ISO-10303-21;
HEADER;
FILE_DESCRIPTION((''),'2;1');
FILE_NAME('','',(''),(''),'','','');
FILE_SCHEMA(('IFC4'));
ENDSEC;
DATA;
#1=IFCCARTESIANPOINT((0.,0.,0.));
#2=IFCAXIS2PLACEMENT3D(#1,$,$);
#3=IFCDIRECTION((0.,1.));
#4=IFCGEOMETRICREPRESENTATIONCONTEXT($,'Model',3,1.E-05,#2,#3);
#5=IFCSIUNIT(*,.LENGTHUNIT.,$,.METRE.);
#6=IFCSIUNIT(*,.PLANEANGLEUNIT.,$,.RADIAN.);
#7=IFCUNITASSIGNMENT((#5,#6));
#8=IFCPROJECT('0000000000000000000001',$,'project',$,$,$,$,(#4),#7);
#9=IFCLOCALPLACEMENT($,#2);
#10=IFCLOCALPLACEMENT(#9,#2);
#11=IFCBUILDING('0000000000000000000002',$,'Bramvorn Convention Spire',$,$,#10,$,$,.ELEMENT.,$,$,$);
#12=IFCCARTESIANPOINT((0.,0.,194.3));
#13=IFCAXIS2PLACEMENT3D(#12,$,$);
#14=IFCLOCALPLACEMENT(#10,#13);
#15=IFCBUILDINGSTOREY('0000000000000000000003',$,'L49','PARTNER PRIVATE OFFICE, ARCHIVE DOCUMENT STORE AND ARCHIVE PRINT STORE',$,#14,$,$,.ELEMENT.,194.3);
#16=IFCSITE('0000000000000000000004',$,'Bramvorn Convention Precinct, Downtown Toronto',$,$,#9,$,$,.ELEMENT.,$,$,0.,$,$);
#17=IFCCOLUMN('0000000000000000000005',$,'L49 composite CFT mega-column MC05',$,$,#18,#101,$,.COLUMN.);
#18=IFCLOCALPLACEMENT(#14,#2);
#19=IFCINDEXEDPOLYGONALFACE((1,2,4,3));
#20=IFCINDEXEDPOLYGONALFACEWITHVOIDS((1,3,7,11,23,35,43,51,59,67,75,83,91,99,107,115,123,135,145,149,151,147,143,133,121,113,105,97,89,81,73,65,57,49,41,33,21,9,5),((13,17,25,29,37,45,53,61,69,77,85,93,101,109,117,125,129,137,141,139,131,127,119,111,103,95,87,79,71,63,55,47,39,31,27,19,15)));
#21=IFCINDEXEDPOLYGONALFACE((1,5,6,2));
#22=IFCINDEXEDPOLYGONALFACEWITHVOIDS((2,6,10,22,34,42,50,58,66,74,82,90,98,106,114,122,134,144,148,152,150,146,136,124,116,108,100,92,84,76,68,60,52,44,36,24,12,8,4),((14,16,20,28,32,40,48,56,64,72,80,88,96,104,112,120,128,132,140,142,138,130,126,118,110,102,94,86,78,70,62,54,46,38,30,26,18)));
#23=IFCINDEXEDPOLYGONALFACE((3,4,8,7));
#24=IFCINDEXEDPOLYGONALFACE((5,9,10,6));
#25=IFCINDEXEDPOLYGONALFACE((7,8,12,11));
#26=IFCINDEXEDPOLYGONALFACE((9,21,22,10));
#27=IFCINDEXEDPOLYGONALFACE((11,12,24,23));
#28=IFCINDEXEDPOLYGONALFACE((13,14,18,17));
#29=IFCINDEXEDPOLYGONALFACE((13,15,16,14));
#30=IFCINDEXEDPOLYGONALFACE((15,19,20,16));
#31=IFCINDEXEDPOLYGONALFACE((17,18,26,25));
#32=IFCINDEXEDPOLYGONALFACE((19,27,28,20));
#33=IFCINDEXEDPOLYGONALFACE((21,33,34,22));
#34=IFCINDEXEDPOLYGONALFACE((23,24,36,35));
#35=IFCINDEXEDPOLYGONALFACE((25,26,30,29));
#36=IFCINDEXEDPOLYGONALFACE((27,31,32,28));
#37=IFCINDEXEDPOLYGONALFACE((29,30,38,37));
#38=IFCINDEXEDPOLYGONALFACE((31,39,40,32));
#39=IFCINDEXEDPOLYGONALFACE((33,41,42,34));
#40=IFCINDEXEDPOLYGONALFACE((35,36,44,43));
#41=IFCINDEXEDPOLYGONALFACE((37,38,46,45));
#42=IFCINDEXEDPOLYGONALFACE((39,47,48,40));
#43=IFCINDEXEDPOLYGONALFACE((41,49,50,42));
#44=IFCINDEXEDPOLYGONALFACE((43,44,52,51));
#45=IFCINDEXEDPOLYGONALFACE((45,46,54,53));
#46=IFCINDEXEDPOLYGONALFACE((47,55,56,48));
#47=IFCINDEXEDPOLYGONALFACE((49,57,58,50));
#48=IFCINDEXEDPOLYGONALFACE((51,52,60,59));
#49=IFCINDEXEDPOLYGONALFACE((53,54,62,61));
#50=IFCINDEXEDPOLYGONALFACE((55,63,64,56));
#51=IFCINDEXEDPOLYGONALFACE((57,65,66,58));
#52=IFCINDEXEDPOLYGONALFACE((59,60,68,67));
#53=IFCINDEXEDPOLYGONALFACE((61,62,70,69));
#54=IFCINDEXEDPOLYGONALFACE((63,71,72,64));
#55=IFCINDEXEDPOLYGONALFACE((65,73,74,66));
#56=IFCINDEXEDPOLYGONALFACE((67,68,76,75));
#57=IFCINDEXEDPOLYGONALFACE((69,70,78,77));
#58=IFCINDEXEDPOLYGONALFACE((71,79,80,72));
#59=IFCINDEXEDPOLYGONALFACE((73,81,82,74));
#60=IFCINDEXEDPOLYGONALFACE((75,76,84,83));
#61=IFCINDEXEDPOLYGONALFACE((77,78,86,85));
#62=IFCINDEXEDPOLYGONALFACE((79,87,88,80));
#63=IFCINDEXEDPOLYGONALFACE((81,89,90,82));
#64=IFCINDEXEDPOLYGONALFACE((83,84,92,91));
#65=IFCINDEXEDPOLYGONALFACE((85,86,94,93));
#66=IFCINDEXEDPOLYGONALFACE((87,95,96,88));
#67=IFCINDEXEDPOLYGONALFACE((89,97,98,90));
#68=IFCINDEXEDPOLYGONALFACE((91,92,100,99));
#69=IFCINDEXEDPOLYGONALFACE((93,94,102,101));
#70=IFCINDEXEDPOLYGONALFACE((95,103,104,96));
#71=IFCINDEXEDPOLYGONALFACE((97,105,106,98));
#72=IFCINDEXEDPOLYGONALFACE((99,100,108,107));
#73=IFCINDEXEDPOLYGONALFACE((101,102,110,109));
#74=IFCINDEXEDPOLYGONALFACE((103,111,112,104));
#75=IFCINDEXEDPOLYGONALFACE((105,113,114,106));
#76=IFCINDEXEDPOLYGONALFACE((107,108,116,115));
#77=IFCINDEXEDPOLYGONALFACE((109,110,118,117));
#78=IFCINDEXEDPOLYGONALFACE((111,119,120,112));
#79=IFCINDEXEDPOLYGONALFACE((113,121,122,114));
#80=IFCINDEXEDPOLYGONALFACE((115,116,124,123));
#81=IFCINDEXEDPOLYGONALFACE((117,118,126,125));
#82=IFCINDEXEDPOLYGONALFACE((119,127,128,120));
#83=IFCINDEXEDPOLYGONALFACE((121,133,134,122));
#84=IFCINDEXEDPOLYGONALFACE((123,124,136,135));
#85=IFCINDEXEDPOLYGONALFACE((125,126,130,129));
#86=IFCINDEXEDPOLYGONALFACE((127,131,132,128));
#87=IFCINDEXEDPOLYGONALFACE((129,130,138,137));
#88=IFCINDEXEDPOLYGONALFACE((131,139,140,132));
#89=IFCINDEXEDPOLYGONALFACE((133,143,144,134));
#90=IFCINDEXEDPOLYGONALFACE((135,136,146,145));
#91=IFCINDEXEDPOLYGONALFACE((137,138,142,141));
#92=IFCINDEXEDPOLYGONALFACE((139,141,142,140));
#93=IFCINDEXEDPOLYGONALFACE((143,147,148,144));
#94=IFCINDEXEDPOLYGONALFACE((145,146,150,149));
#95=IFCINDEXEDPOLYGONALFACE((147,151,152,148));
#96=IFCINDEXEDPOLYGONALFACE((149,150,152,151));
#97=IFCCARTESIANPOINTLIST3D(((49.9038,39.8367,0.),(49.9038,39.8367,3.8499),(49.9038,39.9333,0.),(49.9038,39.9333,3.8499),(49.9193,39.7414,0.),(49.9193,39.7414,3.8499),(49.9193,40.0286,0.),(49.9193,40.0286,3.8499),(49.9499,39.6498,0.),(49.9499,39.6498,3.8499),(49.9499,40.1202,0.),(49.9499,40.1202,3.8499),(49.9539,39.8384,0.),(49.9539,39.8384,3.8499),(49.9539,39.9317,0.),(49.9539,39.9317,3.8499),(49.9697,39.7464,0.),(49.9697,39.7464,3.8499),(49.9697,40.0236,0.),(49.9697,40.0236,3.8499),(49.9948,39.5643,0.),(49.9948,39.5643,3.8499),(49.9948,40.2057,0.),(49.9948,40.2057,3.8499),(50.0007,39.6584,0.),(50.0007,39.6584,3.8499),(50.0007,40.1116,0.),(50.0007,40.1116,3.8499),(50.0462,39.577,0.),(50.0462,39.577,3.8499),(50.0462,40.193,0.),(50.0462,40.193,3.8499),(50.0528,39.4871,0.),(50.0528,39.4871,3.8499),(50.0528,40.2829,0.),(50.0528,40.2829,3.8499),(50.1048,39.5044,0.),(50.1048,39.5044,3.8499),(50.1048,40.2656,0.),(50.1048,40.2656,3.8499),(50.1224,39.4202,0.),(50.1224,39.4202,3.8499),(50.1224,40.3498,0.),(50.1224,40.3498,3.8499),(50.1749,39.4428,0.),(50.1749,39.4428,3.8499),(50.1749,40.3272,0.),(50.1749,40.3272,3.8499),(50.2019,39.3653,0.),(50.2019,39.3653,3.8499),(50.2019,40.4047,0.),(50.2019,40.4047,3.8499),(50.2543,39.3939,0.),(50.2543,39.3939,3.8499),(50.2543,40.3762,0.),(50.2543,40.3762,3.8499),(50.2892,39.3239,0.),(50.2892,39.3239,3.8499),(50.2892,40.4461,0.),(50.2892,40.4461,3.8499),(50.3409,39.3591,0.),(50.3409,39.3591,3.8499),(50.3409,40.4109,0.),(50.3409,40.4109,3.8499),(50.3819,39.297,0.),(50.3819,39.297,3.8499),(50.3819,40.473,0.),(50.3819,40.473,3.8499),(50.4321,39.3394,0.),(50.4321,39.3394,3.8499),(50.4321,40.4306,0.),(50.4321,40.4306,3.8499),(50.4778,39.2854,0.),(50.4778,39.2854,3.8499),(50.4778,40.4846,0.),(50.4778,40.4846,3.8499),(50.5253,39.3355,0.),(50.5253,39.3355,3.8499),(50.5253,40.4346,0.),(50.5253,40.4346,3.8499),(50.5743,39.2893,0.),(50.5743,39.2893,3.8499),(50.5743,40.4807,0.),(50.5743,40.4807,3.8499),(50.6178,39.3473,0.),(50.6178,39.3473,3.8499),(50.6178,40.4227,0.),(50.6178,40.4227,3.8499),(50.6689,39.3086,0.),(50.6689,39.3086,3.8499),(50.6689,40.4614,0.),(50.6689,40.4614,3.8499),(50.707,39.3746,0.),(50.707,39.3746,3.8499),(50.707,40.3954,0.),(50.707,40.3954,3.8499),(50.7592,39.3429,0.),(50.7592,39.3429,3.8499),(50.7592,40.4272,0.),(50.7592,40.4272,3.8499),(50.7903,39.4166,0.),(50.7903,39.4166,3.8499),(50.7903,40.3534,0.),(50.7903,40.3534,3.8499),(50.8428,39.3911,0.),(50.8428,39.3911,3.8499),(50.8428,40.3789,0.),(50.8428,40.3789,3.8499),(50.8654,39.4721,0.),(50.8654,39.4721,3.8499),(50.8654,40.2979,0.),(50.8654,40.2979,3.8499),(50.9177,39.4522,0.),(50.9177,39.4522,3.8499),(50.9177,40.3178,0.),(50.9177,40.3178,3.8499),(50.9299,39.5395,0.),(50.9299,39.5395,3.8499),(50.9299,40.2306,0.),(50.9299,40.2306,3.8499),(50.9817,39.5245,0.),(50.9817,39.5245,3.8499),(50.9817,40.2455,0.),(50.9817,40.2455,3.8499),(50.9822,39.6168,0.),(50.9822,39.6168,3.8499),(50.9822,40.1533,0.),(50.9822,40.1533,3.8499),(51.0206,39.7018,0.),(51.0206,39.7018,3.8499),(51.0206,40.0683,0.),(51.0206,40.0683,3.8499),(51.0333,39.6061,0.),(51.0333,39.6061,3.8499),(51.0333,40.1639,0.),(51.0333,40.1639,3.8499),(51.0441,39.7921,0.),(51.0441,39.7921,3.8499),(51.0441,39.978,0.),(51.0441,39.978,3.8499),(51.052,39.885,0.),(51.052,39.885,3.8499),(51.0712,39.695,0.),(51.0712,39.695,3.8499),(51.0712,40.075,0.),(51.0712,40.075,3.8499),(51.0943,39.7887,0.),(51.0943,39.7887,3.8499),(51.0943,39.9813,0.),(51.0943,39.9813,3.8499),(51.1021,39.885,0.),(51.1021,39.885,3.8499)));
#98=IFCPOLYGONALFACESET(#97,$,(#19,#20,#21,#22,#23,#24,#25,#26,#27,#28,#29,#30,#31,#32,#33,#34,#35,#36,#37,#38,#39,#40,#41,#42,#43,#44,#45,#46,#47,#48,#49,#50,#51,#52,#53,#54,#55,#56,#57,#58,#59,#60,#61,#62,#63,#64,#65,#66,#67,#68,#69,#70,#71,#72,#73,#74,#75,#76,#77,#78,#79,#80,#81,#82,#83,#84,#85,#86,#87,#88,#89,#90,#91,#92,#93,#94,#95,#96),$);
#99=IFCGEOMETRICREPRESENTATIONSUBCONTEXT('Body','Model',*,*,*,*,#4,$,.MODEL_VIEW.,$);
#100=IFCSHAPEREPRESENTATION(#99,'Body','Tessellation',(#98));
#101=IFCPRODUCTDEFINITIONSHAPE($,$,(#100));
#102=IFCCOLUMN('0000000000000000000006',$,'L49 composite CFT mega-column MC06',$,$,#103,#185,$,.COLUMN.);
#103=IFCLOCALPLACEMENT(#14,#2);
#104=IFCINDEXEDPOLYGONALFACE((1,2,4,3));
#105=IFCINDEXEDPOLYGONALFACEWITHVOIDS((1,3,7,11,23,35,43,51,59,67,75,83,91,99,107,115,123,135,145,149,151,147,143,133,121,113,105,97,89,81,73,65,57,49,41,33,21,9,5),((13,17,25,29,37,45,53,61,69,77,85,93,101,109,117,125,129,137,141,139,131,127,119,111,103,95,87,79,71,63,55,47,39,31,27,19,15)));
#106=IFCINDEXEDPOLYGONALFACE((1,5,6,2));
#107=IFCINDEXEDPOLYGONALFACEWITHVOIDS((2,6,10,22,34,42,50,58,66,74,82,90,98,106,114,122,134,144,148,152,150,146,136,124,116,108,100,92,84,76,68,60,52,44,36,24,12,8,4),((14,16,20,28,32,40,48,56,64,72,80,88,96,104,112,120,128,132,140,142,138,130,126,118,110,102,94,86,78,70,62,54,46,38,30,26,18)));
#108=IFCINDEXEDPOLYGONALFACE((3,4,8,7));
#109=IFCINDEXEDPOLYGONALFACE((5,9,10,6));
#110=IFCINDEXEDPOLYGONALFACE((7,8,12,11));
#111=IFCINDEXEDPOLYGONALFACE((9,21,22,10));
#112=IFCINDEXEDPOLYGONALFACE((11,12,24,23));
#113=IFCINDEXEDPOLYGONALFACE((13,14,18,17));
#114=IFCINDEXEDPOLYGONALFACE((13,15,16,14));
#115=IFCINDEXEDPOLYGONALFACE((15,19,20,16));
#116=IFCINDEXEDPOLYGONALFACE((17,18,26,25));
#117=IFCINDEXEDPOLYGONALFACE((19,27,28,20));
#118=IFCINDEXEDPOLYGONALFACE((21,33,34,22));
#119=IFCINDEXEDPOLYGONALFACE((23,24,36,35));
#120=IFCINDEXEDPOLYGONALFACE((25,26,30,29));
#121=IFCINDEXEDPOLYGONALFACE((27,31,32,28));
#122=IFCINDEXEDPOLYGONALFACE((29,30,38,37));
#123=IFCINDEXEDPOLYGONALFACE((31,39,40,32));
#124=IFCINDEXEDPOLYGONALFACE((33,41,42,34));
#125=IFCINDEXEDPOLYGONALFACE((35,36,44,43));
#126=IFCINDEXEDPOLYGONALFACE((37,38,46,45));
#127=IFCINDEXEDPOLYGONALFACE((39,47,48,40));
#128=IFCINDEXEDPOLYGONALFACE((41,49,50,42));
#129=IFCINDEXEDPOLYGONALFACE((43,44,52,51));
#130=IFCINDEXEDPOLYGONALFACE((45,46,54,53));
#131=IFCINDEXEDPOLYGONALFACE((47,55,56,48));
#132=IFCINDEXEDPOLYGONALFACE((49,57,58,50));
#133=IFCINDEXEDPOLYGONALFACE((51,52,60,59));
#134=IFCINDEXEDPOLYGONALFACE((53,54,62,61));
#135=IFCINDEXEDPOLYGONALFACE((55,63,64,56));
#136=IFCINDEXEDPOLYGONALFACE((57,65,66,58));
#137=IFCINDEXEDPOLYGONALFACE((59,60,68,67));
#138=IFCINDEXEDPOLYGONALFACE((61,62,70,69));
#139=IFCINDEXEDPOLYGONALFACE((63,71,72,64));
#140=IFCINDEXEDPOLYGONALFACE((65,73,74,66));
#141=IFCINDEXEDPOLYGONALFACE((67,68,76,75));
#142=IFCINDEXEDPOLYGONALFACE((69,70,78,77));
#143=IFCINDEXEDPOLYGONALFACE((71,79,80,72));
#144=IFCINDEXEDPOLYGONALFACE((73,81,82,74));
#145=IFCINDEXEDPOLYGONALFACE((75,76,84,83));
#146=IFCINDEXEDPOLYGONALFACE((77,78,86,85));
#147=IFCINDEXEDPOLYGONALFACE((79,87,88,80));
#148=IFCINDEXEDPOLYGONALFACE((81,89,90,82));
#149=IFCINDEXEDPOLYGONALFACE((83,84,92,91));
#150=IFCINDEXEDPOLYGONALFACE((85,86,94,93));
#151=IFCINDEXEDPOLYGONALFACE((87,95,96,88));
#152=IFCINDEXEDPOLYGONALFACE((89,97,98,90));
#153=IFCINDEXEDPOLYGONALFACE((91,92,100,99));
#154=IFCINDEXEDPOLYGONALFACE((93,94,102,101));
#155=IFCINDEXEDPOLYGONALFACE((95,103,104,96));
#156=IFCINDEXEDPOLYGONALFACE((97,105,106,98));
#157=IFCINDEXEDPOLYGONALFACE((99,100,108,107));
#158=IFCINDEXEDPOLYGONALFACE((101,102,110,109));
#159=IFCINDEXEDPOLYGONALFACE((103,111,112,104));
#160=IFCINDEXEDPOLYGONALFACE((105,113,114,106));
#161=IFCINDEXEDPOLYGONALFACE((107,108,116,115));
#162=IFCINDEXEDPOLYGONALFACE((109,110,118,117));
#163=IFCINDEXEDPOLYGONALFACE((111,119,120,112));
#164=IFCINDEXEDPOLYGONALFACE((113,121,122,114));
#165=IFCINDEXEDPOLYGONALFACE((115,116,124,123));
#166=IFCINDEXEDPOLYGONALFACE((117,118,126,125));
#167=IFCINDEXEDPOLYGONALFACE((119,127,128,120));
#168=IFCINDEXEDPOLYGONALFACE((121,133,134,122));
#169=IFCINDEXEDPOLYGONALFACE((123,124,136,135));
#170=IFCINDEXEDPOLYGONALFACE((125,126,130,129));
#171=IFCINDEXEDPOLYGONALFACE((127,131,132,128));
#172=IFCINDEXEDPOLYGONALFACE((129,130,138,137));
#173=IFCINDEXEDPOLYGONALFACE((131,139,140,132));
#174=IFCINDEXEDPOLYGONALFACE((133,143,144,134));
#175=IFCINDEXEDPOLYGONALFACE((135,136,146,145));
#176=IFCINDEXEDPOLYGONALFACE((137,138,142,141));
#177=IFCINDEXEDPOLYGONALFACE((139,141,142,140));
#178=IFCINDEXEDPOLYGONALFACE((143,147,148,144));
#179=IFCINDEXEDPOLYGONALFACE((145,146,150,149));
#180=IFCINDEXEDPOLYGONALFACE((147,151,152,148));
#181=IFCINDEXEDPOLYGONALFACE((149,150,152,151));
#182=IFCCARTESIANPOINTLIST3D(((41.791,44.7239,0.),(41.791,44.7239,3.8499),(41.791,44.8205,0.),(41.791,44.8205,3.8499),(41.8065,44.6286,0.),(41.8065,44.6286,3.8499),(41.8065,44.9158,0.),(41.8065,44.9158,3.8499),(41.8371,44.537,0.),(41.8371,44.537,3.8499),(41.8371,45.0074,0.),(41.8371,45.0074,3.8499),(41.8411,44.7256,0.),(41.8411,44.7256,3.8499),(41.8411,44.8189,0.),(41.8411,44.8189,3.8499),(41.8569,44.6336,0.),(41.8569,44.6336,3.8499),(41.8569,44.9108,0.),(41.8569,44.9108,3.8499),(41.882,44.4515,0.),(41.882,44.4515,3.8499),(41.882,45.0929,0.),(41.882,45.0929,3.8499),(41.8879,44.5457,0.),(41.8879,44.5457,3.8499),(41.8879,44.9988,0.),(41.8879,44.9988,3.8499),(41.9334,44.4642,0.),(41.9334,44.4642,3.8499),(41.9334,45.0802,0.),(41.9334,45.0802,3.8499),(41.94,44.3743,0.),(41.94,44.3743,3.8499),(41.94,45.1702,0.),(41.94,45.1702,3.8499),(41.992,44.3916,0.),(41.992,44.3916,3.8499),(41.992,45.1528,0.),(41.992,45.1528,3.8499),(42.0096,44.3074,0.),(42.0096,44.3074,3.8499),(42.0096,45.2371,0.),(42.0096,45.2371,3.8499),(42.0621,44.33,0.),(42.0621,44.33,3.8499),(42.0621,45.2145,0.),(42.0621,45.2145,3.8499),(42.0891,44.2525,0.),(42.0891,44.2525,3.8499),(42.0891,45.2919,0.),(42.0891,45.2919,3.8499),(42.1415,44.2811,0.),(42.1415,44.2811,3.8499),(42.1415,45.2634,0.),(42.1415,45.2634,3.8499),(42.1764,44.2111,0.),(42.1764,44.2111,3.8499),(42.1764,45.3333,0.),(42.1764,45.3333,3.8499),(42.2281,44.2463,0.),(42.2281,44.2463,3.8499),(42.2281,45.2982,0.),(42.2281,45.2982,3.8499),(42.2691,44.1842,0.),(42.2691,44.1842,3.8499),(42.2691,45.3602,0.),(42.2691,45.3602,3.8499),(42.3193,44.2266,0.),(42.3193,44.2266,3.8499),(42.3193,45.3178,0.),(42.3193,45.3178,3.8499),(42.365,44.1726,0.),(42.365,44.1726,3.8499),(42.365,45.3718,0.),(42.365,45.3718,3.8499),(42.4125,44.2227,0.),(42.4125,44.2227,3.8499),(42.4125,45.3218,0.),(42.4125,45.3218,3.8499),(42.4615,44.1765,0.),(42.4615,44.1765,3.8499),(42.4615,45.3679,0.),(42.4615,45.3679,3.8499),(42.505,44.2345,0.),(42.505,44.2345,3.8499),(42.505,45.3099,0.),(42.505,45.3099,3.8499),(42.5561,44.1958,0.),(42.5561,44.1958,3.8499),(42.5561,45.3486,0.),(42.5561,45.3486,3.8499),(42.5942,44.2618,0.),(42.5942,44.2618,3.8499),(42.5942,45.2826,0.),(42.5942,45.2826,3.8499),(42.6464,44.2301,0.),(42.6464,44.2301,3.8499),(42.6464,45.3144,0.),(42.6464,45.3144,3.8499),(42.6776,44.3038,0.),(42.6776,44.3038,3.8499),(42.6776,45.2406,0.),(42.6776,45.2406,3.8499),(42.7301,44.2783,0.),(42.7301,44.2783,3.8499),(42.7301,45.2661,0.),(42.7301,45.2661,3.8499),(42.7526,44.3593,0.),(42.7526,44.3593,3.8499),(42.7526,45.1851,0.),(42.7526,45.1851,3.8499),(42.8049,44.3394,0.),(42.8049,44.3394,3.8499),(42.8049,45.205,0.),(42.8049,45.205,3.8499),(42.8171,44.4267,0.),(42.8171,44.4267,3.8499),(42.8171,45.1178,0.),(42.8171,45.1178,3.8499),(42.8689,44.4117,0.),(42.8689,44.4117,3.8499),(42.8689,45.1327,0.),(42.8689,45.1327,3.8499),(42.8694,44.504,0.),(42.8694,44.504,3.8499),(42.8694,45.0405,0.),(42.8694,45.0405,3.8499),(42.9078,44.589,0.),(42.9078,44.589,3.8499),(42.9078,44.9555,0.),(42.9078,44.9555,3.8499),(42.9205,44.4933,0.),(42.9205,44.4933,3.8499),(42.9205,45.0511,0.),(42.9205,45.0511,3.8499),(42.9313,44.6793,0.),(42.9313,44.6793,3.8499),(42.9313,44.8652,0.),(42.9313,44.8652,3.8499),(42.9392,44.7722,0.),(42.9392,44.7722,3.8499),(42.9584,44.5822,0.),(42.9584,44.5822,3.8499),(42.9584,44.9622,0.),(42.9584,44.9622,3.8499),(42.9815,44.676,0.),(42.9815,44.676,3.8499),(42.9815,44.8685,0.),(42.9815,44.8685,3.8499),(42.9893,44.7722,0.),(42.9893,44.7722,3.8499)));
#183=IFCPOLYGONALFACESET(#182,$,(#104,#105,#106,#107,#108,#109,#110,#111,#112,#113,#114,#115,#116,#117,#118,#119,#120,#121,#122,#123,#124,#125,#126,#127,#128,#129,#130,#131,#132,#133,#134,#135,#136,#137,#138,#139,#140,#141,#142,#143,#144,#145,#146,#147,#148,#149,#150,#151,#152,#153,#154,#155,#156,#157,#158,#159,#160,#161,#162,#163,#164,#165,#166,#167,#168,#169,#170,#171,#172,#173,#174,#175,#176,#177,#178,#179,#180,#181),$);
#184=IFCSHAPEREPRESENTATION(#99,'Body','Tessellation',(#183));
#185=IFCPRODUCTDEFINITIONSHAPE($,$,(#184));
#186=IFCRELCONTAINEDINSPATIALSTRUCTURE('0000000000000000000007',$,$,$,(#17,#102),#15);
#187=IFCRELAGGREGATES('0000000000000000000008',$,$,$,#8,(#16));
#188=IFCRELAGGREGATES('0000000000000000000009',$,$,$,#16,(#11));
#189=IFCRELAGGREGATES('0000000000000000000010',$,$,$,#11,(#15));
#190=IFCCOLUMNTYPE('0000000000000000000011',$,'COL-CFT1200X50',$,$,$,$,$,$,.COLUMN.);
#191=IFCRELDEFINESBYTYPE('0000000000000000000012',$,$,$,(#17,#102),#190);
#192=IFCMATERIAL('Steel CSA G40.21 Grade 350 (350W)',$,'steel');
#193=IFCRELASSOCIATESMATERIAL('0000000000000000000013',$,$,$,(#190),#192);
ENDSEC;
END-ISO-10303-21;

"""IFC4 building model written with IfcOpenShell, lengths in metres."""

from ifc_helpers import new_model, si_unit, direction, frame, origin, origin_2d, place, context, subcontext, project, spatial, hollow_circle, extrude, material, material_profile, profile_set, type_object, element, save


model = new_model("IFC4")

# Units and contexts
model_context = context("Model", 3, precision=1e-05, world=origin(), true_north=direction((0.0, 1.0)))
body_context = subcontext(model_context, "Body", "Model", "MODEL_VIEW")
ifc_project = project(units=[si_unit("LENGTHUNIT", "METRE"), si_unit("PLANEANGLEUNIT", "RADIAN")], contexts=[model_context])

# Site, building, storey
site_placement = place(None, origin())
site = spatial("IfcSite", under=ifc_project, at=site_placement, Name="Bramvorn Convention Precinct, Downtown Toronto", CompositionType="ELEMENT", RefElevation=0.0)
building_placement = place(site_placement, origin())
building = spatial("IfcBuilding", under=site, at=building_placement, Name="Bramvorn Convention Spire", CompositionType="ELEMENT")
storey_placement = place(building_placement, frame((0.0, 0.0, 194.3)))
storey = spatial("IfcBuildingStorey", under=building, at=storey_placement, Name="L49", Description="PARTNER PRIVATE OFFICE, ARCHIVE DOCUMENT STORE AND ARCHIVE PRINT STORE", CompositionType="ELEMENT", Elevation=194.3)

# Columns
ifc_material_1 = material(Name="Steel CSA G40.21 Grade 350 (350W)", Category="steel")
ifc_material_profile_1 = material_profile(ifc_material_1, hollow_circle(Radius=0.6001, WallThickness=0.05, at=origin_2d()))
ifc_profile_set_1 = profile_set([ifc_material_profile_1], Name="Steel CSA G40.21 Grade 350 (350W) - CFT1200X50")
column_type = type_object("IfcColumnType", Name="COL-CFT1200X50", PredefinedType="COLUMN", material=ifc_profile_set_1)
for number, where, z_axis, x_axis, name in (
    (1, (50.502, 39.885, 0.0), (0.0, 0.0, 1.0), (1.0, 0.0, 0.0), "L49 composite CFT mega-column MC05"),
    (2, (42.3892, 44.7722, 0.0), (0.0, 0.0, 1.0), (1.0, 0.0, 0.0), "L49 composite CFT mega-column MC06"),
):
    element("IfcColumn", number, at=place(storey_placement, frame(where, z_axis=z_axis, x_axis=x_axis)), inside=storey, type_object=column_type, Name=name, PredefinedType="COLUMN", context=body_context, shape_type="SweptSolid", body=[
        extrude(hollow_circle(Radius=0.6001, WallThickness=0.05, at=origin_2d()), origin(), (0.0, 0.0, 1.0), 3.8499),
    ])

save(model, "model.ifc")
